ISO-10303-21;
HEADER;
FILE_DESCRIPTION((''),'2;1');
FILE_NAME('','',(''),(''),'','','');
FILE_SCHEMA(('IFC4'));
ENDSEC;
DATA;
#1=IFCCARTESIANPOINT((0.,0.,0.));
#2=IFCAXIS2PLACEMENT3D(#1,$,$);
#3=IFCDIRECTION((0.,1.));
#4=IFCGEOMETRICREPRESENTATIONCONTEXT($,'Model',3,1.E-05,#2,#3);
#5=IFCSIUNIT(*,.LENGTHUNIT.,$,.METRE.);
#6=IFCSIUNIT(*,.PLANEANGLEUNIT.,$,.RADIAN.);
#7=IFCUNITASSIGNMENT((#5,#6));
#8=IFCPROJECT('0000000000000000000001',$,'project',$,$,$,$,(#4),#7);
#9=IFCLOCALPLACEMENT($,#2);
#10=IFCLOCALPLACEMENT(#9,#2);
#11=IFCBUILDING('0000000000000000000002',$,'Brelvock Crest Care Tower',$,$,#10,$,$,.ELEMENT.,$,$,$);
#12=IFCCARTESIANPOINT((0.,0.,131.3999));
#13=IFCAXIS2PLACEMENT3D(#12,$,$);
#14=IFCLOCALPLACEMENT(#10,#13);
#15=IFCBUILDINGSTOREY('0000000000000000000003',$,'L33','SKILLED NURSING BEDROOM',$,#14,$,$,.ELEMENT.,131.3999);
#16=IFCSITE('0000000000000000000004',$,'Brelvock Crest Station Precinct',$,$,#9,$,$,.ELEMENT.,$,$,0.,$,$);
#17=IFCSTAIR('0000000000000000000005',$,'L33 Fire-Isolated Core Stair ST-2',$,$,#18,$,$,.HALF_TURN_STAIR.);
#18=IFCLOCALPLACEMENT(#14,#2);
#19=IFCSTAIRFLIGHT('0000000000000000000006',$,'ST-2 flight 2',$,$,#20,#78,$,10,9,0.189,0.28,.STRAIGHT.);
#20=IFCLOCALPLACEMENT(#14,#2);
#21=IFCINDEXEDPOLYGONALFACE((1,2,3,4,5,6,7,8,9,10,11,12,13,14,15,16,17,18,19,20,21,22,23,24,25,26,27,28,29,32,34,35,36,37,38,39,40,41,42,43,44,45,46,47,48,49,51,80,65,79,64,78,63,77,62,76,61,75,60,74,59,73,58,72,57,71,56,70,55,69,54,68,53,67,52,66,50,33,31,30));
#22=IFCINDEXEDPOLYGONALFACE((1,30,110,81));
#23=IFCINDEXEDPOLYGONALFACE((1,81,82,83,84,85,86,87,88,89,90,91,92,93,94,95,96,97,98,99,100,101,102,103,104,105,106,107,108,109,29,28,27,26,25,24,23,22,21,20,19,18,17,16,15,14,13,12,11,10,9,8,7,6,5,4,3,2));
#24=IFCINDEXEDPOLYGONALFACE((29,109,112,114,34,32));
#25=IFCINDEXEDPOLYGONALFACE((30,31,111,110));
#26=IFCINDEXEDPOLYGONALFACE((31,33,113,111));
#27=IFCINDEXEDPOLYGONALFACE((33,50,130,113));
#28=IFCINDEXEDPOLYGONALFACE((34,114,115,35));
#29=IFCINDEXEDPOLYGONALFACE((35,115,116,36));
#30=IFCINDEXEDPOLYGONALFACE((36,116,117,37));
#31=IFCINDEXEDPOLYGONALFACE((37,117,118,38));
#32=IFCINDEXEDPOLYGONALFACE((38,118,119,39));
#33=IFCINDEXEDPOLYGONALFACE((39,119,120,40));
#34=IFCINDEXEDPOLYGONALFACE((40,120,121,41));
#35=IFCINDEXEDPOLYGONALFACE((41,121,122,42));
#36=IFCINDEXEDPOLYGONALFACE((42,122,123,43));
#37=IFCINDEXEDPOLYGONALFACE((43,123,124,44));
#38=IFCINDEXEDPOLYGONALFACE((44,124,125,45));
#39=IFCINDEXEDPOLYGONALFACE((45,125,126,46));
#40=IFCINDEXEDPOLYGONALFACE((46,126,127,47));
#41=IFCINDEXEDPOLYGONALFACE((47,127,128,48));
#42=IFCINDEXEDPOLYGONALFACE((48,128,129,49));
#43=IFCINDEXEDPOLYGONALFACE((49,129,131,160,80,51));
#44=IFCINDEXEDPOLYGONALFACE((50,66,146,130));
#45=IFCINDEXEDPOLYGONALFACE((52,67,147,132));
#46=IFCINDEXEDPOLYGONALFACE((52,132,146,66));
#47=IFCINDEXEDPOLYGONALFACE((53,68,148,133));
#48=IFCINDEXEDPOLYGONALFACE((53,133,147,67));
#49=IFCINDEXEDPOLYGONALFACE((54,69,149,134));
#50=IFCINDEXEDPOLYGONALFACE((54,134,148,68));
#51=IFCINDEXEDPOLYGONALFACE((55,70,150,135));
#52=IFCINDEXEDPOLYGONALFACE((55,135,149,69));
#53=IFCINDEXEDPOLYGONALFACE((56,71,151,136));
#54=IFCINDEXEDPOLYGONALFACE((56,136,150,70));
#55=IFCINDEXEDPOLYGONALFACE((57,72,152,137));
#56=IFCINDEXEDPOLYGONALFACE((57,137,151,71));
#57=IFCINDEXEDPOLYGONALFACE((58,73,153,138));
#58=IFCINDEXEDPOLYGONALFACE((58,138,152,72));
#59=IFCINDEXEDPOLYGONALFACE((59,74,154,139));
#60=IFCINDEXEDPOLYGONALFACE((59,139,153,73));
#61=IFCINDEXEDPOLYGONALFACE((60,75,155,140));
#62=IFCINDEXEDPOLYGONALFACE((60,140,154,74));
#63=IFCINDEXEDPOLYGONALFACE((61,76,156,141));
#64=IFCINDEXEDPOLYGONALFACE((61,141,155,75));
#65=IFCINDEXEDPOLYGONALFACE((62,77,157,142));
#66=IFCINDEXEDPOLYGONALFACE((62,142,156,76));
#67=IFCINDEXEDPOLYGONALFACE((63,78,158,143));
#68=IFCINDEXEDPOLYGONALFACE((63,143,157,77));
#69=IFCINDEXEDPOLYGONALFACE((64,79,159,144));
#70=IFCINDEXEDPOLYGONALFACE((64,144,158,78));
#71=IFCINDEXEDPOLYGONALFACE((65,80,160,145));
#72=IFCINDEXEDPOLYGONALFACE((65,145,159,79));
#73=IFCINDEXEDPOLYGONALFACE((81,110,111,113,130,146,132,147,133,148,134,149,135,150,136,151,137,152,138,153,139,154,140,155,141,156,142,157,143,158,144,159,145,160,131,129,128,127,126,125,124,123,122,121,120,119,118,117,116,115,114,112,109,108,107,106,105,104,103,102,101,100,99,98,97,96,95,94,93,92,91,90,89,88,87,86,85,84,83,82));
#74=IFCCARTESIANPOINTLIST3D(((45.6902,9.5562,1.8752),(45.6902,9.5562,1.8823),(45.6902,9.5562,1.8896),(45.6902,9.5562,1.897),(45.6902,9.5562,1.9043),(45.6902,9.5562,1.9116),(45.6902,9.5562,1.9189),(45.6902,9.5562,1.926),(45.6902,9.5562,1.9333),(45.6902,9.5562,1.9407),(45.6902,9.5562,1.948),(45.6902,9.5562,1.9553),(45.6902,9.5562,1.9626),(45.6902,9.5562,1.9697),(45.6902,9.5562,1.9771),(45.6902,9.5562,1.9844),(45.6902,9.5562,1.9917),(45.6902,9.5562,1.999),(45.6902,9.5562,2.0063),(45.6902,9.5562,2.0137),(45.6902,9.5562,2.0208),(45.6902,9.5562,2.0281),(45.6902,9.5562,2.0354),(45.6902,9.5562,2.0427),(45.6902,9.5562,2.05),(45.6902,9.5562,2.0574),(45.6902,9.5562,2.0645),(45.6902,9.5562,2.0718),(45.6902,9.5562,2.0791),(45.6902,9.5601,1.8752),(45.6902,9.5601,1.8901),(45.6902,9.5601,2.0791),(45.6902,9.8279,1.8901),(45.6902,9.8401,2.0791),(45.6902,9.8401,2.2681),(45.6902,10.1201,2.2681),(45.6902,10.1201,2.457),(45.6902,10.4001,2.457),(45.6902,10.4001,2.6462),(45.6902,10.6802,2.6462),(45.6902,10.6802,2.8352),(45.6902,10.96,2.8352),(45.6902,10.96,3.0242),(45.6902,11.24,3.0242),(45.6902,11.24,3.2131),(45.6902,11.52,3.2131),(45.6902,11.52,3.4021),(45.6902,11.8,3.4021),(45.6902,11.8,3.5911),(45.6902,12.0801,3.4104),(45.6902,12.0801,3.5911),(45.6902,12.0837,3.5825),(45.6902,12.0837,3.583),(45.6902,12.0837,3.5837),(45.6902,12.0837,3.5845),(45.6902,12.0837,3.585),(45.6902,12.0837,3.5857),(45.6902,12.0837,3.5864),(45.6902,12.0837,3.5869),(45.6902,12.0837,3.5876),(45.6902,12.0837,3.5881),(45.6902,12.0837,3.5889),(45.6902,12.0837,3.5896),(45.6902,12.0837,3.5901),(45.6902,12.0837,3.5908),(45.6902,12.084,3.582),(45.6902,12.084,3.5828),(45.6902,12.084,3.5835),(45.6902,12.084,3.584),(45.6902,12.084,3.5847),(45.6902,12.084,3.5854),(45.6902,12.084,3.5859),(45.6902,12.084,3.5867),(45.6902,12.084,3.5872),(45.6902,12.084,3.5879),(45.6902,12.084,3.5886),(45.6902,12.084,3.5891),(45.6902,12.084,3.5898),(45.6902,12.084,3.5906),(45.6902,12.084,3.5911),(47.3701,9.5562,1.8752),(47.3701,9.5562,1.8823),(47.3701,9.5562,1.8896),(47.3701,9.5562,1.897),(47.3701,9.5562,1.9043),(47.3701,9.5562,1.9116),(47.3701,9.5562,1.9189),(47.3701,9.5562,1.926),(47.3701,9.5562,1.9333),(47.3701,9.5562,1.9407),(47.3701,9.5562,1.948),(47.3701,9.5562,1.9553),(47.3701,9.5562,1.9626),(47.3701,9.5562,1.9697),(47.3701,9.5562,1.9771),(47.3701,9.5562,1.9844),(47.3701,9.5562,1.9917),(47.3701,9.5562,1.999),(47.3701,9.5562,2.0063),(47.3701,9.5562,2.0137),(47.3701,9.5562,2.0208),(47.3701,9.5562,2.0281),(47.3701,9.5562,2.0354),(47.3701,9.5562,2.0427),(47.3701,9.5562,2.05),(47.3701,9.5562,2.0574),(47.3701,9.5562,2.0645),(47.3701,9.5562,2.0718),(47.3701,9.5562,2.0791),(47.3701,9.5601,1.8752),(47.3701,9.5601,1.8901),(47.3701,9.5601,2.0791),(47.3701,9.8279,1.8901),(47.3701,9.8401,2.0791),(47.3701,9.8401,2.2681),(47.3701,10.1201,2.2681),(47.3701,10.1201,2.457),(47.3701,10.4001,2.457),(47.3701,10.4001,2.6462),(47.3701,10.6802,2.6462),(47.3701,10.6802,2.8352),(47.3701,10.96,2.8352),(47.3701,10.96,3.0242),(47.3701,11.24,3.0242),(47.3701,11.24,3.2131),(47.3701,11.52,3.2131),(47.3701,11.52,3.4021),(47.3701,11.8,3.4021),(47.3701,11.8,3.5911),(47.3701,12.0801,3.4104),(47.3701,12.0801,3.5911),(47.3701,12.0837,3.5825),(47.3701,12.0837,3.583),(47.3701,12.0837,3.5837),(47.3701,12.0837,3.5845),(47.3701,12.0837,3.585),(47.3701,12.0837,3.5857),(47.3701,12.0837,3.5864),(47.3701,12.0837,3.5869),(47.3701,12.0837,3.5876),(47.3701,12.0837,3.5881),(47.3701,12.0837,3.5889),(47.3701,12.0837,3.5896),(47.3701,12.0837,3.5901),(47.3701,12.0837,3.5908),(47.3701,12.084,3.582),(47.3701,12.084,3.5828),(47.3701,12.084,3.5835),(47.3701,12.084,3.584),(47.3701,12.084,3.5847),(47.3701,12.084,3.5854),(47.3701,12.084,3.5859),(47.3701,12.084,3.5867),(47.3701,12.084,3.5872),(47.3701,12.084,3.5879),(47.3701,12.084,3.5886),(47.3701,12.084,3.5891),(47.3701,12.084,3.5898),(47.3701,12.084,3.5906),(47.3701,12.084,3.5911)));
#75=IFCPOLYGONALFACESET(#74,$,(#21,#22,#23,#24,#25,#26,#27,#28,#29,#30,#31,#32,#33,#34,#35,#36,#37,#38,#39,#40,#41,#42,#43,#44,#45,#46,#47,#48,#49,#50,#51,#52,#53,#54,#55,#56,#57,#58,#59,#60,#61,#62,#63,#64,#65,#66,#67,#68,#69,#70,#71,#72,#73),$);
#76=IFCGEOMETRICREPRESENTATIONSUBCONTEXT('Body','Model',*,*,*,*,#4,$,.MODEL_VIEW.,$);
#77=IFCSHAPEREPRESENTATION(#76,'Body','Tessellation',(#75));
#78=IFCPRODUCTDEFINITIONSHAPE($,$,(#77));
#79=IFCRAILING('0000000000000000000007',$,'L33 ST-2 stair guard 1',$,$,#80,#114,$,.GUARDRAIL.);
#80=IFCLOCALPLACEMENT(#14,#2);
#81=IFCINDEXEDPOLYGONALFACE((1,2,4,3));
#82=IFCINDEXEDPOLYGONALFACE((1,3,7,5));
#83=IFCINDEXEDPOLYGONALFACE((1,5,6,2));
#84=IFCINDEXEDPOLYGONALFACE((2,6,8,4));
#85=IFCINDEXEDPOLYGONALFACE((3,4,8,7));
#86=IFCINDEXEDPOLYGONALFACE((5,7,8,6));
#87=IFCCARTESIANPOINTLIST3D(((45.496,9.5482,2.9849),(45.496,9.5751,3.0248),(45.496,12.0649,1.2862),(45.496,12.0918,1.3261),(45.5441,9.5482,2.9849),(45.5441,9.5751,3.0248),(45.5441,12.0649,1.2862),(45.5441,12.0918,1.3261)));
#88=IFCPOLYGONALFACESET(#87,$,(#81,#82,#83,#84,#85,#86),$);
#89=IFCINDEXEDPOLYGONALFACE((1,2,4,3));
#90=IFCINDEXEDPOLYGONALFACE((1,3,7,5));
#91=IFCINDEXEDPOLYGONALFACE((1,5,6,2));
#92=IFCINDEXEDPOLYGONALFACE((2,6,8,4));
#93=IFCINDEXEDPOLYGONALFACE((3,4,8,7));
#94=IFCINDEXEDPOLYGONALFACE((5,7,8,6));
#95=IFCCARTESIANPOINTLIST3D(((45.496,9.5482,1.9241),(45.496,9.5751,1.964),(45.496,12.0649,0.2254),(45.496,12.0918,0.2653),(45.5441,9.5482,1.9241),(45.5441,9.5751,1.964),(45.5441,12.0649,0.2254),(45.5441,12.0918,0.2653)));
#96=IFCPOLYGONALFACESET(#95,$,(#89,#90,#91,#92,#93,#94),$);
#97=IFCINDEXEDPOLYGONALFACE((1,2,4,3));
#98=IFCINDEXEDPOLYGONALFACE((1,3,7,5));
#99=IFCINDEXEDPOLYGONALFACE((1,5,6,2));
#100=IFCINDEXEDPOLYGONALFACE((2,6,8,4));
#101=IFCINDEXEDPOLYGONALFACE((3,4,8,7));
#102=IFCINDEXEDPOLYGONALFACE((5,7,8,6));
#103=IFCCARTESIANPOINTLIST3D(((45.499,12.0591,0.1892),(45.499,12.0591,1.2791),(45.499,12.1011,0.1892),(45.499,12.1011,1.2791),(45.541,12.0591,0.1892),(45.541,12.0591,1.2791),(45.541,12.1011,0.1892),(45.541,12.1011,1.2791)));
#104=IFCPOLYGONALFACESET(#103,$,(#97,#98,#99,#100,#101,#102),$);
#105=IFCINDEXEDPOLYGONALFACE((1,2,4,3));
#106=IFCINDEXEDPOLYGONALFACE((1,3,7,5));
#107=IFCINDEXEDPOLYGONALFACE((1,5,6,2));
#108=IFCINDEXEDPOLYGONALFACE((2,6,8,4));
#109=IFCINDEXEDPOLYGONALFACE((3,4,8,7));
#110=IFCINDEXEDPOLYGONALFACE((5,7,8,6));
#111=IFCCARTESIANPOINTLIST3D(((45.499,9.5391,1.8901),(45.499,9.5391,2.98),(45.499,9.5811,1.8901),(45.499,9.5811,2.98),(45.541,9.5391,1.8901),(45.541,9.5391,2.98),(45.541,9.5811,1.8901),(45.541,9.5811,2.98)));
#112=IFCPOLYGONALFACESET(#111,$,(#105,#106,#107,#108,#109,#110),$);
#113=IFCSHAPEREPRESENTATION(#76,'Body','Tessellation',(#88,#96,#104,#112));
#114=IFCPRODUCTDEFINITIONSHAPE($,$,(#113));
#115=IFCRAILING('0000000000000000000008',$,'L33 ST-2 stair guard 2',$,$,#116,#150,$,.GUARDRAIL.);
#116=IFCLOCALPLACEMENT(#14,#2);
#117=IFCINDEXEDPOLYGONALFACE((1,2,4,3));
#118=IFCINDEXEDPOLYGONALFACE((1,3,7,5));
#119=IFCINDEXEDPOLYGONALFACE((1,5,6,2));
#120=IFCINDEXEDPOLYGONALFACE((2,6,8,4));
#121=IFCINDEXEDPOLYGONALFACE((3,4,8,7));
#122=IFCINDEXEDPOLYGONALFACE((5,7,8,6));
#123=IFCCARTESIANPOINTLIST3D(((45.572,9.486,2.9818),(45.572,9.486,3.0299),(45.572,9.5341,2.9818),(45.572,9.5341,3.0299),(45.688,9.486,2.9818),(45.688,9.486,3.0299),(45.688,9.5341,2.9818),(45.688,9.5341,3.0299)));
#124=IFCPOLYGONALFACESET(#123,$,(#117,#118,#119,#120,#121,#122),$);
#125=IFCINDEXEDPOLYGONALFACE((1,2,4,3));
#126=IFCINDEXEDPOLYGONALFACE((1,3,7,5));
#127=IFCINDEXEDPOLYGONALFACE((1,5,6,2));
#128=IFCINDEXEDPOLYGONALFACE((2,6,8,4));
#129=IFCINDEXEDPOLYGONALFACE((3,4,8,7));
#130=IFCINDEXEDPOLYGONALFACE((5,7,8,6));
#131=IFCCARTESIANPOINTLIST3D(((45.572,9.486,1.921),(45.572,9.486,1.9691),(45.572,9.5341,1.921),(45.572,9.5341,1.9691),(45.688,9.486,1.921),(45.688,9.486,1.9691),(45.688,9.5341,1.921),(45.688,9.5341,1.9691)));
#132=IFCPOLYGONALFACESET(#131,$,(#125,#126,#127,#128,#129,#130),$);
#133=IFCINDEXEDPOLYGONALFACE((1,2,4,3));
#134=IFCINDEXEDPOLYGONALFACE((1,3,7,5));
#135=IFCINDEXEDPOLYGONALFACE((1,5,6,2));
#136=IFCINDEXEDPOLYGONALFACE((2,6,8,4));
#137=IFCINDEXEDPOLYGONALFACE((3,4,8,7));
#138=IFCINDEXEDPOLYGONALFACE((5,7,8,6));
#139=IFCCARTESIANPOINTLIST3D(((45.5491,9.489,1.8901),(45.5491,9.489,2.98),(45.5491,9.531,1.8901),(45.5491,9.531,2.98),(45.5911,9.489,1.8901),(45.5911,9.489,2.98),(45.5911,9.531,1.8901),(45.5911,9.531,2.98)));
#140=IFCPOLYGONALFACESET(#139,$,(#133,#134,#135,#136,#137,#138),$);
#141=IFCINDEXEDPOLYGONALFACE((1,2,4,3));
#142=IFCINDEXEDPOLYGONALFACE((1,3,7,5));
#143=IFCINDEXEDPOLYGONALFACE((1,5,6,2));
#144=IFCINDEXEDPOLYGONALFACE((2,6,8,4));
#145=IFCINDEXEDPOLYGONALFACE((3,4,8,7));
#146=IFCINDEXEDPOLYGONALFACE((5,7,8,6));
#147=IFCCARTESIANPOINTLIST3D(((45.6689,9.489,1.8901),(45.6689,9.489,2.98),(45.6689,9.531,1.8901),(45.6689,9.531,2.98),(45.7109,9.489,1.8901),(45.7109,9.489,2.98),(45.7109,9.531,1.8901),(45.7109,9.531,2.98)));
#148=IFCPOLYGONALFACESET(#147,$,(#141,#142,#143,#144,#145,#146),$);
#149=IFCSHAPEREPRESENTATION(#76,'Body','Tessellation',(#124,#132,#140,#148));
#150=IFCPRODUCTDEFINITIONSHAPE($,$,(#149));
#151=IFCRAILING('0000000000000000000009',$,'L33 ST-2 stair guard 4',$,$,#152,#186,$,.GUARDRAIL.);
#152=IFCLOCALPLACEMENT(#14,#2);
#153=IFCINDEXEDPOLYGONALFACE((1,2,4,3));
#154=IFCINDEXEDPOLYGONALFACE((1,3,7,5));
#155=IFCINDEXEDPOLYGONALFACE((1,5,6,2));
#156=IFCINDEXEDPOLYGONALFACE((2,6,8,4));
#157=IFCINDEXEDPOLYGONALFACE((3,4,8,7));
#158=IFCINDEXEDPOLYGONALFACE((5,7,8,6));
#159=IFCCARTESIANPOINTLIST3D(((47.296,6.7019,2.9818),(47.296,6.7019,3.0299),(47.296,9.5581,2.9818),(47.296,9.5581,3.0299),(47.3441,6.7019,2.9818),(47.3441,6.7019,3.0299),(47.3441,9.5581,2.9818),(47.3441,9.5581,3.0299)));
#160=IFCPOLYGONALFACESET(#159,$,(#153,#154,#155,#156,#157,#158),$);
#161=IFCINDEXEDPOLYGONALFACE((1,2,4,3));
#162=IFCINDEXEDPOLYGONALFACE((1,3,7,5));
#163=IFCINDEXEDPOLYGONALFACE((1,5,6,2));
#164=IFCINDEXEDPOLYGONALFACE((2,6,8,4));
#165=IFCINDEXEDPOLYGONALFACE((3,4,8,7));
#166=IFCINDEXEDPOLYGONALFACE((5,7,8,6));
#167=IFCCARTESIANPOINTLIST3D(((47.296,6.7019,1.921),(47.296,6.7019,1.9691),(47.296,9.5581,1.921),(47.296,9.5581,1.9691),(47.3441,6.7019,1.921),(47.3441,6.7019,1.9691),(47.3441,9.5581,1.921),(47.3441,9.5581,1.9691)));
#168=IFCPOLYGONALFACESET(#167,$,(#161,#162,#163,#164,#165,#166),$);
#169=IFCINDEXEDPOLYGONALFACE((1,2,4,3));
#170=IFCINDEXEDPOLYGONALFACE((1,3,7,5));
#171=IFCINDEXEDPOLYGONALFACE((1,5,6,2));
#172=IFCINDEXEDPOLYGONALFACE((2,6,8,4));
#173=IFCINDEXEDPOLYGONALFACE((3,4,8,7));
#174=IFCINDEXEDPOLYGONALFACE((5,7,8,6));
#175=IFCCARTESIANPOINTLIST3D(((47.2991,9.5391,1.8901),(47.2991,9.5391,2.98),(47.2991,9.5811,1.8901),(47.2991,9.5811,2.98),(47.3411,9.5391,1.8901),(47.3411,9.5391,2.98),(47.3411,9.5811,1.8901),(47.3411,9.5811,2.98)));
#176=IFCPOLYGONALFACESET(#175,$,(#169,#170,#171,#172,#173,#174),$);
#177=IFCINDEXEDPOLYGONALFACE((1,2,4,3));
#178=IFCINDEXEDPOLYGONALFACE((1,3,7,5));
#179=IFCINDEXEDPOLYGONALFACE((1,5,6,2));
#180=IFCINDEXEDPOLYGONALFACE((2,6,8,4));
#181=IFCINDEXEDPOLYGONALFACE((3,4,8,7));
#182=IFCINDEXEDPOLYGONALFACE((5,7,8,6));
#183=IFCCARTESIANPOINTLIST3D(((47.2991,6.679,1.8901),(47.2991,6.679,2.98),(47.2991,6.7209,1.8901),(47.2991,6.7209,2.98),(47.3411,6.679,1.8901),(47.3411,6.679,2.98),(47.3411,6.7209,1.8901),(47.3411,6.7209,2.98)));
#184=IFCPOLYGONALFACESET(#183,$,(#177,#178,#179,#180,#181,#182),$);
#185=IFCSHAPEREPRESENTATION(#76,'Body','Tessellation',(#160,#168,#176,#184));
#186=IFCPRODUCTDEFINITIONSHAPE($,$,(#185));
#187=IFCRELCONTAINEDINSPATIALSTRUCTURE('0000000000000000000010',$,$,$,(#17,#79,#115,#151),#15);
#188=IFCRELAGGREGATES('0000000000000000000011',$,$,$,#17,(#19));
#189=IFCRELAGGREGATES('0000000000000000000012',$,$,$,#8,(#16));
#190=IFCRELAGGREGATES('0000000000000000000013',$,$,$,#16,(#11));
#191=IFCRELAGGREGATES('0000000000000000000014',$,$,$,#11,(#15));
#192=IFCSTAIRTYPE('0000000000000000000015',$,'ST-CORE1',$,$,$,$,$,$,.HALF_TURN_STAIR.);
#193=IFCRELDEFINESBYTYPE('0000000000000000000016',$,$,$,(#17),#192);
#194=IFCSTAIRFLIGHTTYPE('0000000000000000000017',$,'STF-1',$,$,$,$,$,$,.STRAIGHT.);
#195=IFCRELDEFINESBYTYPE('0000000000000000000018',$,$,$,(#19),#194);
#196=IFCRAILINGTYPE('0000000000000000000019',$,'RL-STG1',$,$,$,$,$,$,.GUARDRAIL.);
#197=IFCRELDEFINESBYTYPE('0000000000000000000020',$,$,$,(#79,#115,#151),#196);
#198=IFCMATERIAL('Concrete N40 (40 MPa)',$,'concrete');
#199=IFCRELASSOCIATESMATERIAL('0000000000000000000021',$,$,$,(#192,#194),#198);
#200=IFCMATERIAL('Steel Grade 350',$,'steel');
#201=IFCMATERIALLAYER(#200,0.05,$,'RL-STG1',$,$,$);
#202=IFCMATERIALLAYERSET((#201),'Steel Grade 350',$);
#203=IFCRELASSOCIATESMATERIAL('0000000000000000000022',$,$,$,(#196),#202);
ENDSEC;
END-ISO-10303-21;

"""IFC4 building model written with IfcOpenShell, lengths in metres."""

from ifc_helpers import new_model, si_unit, direction, frame, origin, origin_2d, place, context, subcontext, project, spatial, polyline, rectangle, outline, extrude, material, layer, layer_set, type_object, element, aggregate, save


model = new_model("IFC4")

# Units and contexts
model_context = context("Model", 3, precision=1e-05, world=origin(), true_north=direction((0.0, 1.0)))
body_context = subcontext(model_context, "Body", "Model", "MODEL_VIEW")
ifc_project = project(units=[si_unit("LENGTHUNIT", "METRE"), si_unit("PLANEANGLEUNIT", "RADIAN")], contexts=[model_context])

# Site, building, storey
site_placement = place(None, origin())
site = spatial("IfcSite", under=ifc_project, at=site_placement, Name="Brelvock Crest Station Precinct", CompositionType="ELEMENT", RefElevation=0.0)
building_placement = place(site_placement, origin())
building = spatial("IfcBuilding", under=site, at=building_placement, Name="Brelvock Crest Care Tower", CompositionType="ELEMENT")
storey_placement = place(building_placement, frame((0.0, 0.0, 131.3999)))
storey = spatial("IfcBuildingStorey", under=building, at=storey_placement, Name="L33", Description="SKILLED NURSING BEDROOM", CompositionType="ELEMENT", Elevation=131.3999)

# Shared definitions
ifc_material_1 = material(Name="Steel Grade 350", Category="steel")

# Stair, stair flight
ifc_material_2 = material(Name="Concrete N40 (40 MPa)", Category="concrete")
stair_type = type_object("IfcStairType", Name="ST-CORE1", PredefinedType="HALF_TURN_STAIR", material=ifc_material_2)
stair_placement = place(storey_placement, origin())
stair = element("IfcStair", 1, at=stair_placement, inside=storey, type_object=stair_type, Name="L33 Fire-Isolated Core Stair ST-2", PredefinedType="HALF_TURN_STAIR")
stair_flight_type = type_object("IfcStairFlightType", Name="STF-1", PredefinedType="STRAIGHT", material=ifc_material_2)
stair_flight_1_placement = place(storey_placement, frame((46.53, 9.5601, 1.8901), z_axis=(0.0, 0.0, 1.0), x_axis=(0.0, 1.0, 0.0)))
stair_flight_1 = element("IfcStairFlight", 2, at=stair_flight_1_placement, type_object=stair_flight_type, Name="ST-2 flight 2", NumberOfRisers=10, NumberOfTreads=9, PredefinedType="STRAIGHT", RiserHeight=0.189, TreadLength=0.28, context=body_context, shape_type="SweptSolid", body=[
    extrude(outline(polyline([(-0.0039, -0.0149), (-0.0039, -0.0078), (-0.0039, -0.0005), (-0.0039, 0.0068), (-0.0039, 0.0142), (-0.0039, 0.0215), (-0.0039, 0.0288), (-0.0039, 0.0359), (-0.0039, 0.0432), (-0.0039, 0.0505), (-0.0039, 0.0579), (-0.0039, 0.0652), (-0.0039, 0.0725), (-0.0039, 0.0796), (-0.0039, 0.0869), (-0.0039, 0.0942), (-0.0039, 0.1016), (-0.0039, 0.1089), (-0.0039, 0.1162), (-0.0039, 0.1235), (-0.0039, 0.1306), (-0.0039, 0.1379), (-0.0039, 0.1453), (-0.0039, 0.1526), (-0.0039, 0.1599), (-0.0039, 0.1672), (-0.0039, 0.1743), (-0.0039, 0.1816), (-0.0039, 0.189), (0.0, 0.189), (0.28, 0.189), (0.28, 0.3779), (0.5601, 0.3779), (0.5601, 0.5669), (0.8401, 0.5669), (0.8401, 0.7561), (1.1201, 0.7561), (1.1201, 0.9451), (1.3999, 0.9451), (1.3999, 1.134), (1.6799, 1.134), (1.6799, 1.323), (1.96, 1.323), (1.96, 1.512), (2.24, 1.512), (2.24, 1.7009), (2.52, 1.7009), (2.5239, 1.7009), (2.5237, 1.7007), (2.5239, 1.7004), (2.5237, 1.7), (2.5239, 1.6997), (2.5237, 1.6995), (2.5239, 1.699), (2.5237, 1.6987), (2.5239, 1.6985), (2.5237, 1.698), (2.5239, 1.6978), (2.5237, 1.6975), (2.5239, 1.697), (2.5237, 1.6968), (2.5239, 1.6965), (2.5237, 1.6963), (2.5239, 1.6958), (2.5237, 1.6956), (2.5239, 1.6953), (2.5237, 1.6948), (2.5239, 1.6946), (2.5237, 1.6943), (2.5239, 1.6938), (2.5237, 1.6936), (2.5239, 1.6934), (2.5237, 1.6929), (2.5239, 1.6926), (2.5237, 1.6924), (2.5239, 1.6919), (2.52, 1.5203), (0.2678, 0.0), (0.0, 0.0), (0.0, -0.0149), (-0.0039, -0.0149)])), frame((0.0, 0.8398, 0.0), z_axis=(0.0, -1.0, 0.0), x_axis=(1.0, 0.0, 0.0)), (0.0, 0.0, 1.0), 1.6799),
])
aggregate(stair, [stair_flight_1])

# Railings
ifc_layer_1 = layer(ifc_material_1, 0.05, Name="RL-STG1")
ifc_layer_set_1 = layer_set([ifc_layer_1], Name="Steel Grade 350")
railing_type_1 = type_object("IfcRailingType", Name="RL-STG1", PredefinedType="GUARDRAIL", material=ifc_layer_set_1)
railing_1_placement = place(storey_placement, frame((45.52, 12.0801, 0.1892)))
element("IfcRailing", 3, at=railing_1_placement, inside=storey, type_object=railing_type_1, Name="L33 ST-2 stair guard 1", PredefinedType="GUARDRAIL", context=body_context, shape_type="SweptSolid", body=[
    extrude(rectangle(XDim=0.0481, YDim=0.0481, at=origin_2d()), frame((0.0, -0.0017, 1.1169), z_axis=(0.0, -0.828862, 0.559454), x_axis=(1.0, 0.0, 0.0)), (0.0, 0.0, 1.0), 3.0364),
    extrude(rectangle(XDim=0.0481, YDim=0.0481, at=origin_2d()), frame((0.0, -0.0017, 0.0562), z_axis=(0.0, -0.828862, 0.559454), x_axis=(1.0, 0.0, 0.0)), (0.0, 0.0, 1.0), 3.0364),
    extrude(rectangle(XDim=0.042, YDim=0.042, at=origin_2d()), origin(), (0.0, 0.0, 1.0), 1.0898),
    extrude(rectangle(XDim=0.042, YDim=0.042, at=origin_2d()), frame((0.0, -2.52, 1.7009)), (0.0, 0.0, 1.0), 1.0898),
])
railing_2_placement = place(storey_placement, frame((45.5701, 9.51, 1.8901)))
element("IfcRailing", 4, at=railing_2_placement, inside=storey, type_object=railing_type_1, Name="L33 ST-2 stair guard 2", PredefinedType="GUARDRAIL", context=body_context, shape_type="SweptSolid", body=[
    extrude(rectangle(XDim=0.0481, YDim=0.0481, at=origin_2d()), frame((0.002, 0.0, 1.1157), z_axis=(1.0, 0.0, 0.0), x_axis=(0.0, 1.0, 0.0)), (0.0, 0.0, 1.0), 0.116),
    extrude(rectangle(XDim=0.0481, YDim=0.0481, at=origin_2d()), frame((0.002, 0.0, 0.0549), z_axis=(1.0, 0.0, 0.0), x_axis=(0.0, 1.0, 0.0)), (0.0, 0.0, 1.0), 0.116),
    extrude(rectangle(XDim=0.042, YDim=0.042, at=origin_2d()), origin(), (0.0, 0.0, 1.0), 1.0898),
    extrude(rectangle(XDim=0.042, YDim=0.042, at=origin_2d()), frame((0.1199, 0.0, 0.0)), (0.0, 0.0, 1.0), 1.0898),
])
railing_3_placement = place(storey_placement, frame((47.3201, 9.5601, 1.8901)))
element("IfcRailing", 5, at=railing_3_placement, inside=storey, type_object=railing_type_1, Name="L33 ST-2 stair guard 4", PredefinedType="GUARDRAIL", context=body_context, shape_type="SweptSolid", body=[
    extrude(rectangle(XDim=0.0481, YDim=0.0481, at=origin_2d()), frame((0.0, -0.002, 1.1157), z_axis=(0.0, -1.0, 0.0), x_axis=(1.0, 0.0, 0.0)), (0.0, 0.0, 1.0), 2.8562),
    extrude(rectangle(XDim=0.0481, YDim=0.0481, at=origin_2d()), frame((0.0, -0.002, 0.0549), z_axis=(0.0, -1.0, 0.0), x_axis=(1.0, 0.0, 0.0)), (0.0, 0.0, 1.0), 2.8562),
    extrude(rectangle(XDim=0.042, YDim=0.042, at=origin_2d()), origin(), (0.0, 0.0, 1.0), 1.0898),
    extrude(rectangle(XDim=0.042, YDim=0.042, at=origin_2d()), frame((0.0, -2.8601, 0.0)), (0.0, 0.0, 1.0), 1.0898),
])

save(model, "model.ifc")
